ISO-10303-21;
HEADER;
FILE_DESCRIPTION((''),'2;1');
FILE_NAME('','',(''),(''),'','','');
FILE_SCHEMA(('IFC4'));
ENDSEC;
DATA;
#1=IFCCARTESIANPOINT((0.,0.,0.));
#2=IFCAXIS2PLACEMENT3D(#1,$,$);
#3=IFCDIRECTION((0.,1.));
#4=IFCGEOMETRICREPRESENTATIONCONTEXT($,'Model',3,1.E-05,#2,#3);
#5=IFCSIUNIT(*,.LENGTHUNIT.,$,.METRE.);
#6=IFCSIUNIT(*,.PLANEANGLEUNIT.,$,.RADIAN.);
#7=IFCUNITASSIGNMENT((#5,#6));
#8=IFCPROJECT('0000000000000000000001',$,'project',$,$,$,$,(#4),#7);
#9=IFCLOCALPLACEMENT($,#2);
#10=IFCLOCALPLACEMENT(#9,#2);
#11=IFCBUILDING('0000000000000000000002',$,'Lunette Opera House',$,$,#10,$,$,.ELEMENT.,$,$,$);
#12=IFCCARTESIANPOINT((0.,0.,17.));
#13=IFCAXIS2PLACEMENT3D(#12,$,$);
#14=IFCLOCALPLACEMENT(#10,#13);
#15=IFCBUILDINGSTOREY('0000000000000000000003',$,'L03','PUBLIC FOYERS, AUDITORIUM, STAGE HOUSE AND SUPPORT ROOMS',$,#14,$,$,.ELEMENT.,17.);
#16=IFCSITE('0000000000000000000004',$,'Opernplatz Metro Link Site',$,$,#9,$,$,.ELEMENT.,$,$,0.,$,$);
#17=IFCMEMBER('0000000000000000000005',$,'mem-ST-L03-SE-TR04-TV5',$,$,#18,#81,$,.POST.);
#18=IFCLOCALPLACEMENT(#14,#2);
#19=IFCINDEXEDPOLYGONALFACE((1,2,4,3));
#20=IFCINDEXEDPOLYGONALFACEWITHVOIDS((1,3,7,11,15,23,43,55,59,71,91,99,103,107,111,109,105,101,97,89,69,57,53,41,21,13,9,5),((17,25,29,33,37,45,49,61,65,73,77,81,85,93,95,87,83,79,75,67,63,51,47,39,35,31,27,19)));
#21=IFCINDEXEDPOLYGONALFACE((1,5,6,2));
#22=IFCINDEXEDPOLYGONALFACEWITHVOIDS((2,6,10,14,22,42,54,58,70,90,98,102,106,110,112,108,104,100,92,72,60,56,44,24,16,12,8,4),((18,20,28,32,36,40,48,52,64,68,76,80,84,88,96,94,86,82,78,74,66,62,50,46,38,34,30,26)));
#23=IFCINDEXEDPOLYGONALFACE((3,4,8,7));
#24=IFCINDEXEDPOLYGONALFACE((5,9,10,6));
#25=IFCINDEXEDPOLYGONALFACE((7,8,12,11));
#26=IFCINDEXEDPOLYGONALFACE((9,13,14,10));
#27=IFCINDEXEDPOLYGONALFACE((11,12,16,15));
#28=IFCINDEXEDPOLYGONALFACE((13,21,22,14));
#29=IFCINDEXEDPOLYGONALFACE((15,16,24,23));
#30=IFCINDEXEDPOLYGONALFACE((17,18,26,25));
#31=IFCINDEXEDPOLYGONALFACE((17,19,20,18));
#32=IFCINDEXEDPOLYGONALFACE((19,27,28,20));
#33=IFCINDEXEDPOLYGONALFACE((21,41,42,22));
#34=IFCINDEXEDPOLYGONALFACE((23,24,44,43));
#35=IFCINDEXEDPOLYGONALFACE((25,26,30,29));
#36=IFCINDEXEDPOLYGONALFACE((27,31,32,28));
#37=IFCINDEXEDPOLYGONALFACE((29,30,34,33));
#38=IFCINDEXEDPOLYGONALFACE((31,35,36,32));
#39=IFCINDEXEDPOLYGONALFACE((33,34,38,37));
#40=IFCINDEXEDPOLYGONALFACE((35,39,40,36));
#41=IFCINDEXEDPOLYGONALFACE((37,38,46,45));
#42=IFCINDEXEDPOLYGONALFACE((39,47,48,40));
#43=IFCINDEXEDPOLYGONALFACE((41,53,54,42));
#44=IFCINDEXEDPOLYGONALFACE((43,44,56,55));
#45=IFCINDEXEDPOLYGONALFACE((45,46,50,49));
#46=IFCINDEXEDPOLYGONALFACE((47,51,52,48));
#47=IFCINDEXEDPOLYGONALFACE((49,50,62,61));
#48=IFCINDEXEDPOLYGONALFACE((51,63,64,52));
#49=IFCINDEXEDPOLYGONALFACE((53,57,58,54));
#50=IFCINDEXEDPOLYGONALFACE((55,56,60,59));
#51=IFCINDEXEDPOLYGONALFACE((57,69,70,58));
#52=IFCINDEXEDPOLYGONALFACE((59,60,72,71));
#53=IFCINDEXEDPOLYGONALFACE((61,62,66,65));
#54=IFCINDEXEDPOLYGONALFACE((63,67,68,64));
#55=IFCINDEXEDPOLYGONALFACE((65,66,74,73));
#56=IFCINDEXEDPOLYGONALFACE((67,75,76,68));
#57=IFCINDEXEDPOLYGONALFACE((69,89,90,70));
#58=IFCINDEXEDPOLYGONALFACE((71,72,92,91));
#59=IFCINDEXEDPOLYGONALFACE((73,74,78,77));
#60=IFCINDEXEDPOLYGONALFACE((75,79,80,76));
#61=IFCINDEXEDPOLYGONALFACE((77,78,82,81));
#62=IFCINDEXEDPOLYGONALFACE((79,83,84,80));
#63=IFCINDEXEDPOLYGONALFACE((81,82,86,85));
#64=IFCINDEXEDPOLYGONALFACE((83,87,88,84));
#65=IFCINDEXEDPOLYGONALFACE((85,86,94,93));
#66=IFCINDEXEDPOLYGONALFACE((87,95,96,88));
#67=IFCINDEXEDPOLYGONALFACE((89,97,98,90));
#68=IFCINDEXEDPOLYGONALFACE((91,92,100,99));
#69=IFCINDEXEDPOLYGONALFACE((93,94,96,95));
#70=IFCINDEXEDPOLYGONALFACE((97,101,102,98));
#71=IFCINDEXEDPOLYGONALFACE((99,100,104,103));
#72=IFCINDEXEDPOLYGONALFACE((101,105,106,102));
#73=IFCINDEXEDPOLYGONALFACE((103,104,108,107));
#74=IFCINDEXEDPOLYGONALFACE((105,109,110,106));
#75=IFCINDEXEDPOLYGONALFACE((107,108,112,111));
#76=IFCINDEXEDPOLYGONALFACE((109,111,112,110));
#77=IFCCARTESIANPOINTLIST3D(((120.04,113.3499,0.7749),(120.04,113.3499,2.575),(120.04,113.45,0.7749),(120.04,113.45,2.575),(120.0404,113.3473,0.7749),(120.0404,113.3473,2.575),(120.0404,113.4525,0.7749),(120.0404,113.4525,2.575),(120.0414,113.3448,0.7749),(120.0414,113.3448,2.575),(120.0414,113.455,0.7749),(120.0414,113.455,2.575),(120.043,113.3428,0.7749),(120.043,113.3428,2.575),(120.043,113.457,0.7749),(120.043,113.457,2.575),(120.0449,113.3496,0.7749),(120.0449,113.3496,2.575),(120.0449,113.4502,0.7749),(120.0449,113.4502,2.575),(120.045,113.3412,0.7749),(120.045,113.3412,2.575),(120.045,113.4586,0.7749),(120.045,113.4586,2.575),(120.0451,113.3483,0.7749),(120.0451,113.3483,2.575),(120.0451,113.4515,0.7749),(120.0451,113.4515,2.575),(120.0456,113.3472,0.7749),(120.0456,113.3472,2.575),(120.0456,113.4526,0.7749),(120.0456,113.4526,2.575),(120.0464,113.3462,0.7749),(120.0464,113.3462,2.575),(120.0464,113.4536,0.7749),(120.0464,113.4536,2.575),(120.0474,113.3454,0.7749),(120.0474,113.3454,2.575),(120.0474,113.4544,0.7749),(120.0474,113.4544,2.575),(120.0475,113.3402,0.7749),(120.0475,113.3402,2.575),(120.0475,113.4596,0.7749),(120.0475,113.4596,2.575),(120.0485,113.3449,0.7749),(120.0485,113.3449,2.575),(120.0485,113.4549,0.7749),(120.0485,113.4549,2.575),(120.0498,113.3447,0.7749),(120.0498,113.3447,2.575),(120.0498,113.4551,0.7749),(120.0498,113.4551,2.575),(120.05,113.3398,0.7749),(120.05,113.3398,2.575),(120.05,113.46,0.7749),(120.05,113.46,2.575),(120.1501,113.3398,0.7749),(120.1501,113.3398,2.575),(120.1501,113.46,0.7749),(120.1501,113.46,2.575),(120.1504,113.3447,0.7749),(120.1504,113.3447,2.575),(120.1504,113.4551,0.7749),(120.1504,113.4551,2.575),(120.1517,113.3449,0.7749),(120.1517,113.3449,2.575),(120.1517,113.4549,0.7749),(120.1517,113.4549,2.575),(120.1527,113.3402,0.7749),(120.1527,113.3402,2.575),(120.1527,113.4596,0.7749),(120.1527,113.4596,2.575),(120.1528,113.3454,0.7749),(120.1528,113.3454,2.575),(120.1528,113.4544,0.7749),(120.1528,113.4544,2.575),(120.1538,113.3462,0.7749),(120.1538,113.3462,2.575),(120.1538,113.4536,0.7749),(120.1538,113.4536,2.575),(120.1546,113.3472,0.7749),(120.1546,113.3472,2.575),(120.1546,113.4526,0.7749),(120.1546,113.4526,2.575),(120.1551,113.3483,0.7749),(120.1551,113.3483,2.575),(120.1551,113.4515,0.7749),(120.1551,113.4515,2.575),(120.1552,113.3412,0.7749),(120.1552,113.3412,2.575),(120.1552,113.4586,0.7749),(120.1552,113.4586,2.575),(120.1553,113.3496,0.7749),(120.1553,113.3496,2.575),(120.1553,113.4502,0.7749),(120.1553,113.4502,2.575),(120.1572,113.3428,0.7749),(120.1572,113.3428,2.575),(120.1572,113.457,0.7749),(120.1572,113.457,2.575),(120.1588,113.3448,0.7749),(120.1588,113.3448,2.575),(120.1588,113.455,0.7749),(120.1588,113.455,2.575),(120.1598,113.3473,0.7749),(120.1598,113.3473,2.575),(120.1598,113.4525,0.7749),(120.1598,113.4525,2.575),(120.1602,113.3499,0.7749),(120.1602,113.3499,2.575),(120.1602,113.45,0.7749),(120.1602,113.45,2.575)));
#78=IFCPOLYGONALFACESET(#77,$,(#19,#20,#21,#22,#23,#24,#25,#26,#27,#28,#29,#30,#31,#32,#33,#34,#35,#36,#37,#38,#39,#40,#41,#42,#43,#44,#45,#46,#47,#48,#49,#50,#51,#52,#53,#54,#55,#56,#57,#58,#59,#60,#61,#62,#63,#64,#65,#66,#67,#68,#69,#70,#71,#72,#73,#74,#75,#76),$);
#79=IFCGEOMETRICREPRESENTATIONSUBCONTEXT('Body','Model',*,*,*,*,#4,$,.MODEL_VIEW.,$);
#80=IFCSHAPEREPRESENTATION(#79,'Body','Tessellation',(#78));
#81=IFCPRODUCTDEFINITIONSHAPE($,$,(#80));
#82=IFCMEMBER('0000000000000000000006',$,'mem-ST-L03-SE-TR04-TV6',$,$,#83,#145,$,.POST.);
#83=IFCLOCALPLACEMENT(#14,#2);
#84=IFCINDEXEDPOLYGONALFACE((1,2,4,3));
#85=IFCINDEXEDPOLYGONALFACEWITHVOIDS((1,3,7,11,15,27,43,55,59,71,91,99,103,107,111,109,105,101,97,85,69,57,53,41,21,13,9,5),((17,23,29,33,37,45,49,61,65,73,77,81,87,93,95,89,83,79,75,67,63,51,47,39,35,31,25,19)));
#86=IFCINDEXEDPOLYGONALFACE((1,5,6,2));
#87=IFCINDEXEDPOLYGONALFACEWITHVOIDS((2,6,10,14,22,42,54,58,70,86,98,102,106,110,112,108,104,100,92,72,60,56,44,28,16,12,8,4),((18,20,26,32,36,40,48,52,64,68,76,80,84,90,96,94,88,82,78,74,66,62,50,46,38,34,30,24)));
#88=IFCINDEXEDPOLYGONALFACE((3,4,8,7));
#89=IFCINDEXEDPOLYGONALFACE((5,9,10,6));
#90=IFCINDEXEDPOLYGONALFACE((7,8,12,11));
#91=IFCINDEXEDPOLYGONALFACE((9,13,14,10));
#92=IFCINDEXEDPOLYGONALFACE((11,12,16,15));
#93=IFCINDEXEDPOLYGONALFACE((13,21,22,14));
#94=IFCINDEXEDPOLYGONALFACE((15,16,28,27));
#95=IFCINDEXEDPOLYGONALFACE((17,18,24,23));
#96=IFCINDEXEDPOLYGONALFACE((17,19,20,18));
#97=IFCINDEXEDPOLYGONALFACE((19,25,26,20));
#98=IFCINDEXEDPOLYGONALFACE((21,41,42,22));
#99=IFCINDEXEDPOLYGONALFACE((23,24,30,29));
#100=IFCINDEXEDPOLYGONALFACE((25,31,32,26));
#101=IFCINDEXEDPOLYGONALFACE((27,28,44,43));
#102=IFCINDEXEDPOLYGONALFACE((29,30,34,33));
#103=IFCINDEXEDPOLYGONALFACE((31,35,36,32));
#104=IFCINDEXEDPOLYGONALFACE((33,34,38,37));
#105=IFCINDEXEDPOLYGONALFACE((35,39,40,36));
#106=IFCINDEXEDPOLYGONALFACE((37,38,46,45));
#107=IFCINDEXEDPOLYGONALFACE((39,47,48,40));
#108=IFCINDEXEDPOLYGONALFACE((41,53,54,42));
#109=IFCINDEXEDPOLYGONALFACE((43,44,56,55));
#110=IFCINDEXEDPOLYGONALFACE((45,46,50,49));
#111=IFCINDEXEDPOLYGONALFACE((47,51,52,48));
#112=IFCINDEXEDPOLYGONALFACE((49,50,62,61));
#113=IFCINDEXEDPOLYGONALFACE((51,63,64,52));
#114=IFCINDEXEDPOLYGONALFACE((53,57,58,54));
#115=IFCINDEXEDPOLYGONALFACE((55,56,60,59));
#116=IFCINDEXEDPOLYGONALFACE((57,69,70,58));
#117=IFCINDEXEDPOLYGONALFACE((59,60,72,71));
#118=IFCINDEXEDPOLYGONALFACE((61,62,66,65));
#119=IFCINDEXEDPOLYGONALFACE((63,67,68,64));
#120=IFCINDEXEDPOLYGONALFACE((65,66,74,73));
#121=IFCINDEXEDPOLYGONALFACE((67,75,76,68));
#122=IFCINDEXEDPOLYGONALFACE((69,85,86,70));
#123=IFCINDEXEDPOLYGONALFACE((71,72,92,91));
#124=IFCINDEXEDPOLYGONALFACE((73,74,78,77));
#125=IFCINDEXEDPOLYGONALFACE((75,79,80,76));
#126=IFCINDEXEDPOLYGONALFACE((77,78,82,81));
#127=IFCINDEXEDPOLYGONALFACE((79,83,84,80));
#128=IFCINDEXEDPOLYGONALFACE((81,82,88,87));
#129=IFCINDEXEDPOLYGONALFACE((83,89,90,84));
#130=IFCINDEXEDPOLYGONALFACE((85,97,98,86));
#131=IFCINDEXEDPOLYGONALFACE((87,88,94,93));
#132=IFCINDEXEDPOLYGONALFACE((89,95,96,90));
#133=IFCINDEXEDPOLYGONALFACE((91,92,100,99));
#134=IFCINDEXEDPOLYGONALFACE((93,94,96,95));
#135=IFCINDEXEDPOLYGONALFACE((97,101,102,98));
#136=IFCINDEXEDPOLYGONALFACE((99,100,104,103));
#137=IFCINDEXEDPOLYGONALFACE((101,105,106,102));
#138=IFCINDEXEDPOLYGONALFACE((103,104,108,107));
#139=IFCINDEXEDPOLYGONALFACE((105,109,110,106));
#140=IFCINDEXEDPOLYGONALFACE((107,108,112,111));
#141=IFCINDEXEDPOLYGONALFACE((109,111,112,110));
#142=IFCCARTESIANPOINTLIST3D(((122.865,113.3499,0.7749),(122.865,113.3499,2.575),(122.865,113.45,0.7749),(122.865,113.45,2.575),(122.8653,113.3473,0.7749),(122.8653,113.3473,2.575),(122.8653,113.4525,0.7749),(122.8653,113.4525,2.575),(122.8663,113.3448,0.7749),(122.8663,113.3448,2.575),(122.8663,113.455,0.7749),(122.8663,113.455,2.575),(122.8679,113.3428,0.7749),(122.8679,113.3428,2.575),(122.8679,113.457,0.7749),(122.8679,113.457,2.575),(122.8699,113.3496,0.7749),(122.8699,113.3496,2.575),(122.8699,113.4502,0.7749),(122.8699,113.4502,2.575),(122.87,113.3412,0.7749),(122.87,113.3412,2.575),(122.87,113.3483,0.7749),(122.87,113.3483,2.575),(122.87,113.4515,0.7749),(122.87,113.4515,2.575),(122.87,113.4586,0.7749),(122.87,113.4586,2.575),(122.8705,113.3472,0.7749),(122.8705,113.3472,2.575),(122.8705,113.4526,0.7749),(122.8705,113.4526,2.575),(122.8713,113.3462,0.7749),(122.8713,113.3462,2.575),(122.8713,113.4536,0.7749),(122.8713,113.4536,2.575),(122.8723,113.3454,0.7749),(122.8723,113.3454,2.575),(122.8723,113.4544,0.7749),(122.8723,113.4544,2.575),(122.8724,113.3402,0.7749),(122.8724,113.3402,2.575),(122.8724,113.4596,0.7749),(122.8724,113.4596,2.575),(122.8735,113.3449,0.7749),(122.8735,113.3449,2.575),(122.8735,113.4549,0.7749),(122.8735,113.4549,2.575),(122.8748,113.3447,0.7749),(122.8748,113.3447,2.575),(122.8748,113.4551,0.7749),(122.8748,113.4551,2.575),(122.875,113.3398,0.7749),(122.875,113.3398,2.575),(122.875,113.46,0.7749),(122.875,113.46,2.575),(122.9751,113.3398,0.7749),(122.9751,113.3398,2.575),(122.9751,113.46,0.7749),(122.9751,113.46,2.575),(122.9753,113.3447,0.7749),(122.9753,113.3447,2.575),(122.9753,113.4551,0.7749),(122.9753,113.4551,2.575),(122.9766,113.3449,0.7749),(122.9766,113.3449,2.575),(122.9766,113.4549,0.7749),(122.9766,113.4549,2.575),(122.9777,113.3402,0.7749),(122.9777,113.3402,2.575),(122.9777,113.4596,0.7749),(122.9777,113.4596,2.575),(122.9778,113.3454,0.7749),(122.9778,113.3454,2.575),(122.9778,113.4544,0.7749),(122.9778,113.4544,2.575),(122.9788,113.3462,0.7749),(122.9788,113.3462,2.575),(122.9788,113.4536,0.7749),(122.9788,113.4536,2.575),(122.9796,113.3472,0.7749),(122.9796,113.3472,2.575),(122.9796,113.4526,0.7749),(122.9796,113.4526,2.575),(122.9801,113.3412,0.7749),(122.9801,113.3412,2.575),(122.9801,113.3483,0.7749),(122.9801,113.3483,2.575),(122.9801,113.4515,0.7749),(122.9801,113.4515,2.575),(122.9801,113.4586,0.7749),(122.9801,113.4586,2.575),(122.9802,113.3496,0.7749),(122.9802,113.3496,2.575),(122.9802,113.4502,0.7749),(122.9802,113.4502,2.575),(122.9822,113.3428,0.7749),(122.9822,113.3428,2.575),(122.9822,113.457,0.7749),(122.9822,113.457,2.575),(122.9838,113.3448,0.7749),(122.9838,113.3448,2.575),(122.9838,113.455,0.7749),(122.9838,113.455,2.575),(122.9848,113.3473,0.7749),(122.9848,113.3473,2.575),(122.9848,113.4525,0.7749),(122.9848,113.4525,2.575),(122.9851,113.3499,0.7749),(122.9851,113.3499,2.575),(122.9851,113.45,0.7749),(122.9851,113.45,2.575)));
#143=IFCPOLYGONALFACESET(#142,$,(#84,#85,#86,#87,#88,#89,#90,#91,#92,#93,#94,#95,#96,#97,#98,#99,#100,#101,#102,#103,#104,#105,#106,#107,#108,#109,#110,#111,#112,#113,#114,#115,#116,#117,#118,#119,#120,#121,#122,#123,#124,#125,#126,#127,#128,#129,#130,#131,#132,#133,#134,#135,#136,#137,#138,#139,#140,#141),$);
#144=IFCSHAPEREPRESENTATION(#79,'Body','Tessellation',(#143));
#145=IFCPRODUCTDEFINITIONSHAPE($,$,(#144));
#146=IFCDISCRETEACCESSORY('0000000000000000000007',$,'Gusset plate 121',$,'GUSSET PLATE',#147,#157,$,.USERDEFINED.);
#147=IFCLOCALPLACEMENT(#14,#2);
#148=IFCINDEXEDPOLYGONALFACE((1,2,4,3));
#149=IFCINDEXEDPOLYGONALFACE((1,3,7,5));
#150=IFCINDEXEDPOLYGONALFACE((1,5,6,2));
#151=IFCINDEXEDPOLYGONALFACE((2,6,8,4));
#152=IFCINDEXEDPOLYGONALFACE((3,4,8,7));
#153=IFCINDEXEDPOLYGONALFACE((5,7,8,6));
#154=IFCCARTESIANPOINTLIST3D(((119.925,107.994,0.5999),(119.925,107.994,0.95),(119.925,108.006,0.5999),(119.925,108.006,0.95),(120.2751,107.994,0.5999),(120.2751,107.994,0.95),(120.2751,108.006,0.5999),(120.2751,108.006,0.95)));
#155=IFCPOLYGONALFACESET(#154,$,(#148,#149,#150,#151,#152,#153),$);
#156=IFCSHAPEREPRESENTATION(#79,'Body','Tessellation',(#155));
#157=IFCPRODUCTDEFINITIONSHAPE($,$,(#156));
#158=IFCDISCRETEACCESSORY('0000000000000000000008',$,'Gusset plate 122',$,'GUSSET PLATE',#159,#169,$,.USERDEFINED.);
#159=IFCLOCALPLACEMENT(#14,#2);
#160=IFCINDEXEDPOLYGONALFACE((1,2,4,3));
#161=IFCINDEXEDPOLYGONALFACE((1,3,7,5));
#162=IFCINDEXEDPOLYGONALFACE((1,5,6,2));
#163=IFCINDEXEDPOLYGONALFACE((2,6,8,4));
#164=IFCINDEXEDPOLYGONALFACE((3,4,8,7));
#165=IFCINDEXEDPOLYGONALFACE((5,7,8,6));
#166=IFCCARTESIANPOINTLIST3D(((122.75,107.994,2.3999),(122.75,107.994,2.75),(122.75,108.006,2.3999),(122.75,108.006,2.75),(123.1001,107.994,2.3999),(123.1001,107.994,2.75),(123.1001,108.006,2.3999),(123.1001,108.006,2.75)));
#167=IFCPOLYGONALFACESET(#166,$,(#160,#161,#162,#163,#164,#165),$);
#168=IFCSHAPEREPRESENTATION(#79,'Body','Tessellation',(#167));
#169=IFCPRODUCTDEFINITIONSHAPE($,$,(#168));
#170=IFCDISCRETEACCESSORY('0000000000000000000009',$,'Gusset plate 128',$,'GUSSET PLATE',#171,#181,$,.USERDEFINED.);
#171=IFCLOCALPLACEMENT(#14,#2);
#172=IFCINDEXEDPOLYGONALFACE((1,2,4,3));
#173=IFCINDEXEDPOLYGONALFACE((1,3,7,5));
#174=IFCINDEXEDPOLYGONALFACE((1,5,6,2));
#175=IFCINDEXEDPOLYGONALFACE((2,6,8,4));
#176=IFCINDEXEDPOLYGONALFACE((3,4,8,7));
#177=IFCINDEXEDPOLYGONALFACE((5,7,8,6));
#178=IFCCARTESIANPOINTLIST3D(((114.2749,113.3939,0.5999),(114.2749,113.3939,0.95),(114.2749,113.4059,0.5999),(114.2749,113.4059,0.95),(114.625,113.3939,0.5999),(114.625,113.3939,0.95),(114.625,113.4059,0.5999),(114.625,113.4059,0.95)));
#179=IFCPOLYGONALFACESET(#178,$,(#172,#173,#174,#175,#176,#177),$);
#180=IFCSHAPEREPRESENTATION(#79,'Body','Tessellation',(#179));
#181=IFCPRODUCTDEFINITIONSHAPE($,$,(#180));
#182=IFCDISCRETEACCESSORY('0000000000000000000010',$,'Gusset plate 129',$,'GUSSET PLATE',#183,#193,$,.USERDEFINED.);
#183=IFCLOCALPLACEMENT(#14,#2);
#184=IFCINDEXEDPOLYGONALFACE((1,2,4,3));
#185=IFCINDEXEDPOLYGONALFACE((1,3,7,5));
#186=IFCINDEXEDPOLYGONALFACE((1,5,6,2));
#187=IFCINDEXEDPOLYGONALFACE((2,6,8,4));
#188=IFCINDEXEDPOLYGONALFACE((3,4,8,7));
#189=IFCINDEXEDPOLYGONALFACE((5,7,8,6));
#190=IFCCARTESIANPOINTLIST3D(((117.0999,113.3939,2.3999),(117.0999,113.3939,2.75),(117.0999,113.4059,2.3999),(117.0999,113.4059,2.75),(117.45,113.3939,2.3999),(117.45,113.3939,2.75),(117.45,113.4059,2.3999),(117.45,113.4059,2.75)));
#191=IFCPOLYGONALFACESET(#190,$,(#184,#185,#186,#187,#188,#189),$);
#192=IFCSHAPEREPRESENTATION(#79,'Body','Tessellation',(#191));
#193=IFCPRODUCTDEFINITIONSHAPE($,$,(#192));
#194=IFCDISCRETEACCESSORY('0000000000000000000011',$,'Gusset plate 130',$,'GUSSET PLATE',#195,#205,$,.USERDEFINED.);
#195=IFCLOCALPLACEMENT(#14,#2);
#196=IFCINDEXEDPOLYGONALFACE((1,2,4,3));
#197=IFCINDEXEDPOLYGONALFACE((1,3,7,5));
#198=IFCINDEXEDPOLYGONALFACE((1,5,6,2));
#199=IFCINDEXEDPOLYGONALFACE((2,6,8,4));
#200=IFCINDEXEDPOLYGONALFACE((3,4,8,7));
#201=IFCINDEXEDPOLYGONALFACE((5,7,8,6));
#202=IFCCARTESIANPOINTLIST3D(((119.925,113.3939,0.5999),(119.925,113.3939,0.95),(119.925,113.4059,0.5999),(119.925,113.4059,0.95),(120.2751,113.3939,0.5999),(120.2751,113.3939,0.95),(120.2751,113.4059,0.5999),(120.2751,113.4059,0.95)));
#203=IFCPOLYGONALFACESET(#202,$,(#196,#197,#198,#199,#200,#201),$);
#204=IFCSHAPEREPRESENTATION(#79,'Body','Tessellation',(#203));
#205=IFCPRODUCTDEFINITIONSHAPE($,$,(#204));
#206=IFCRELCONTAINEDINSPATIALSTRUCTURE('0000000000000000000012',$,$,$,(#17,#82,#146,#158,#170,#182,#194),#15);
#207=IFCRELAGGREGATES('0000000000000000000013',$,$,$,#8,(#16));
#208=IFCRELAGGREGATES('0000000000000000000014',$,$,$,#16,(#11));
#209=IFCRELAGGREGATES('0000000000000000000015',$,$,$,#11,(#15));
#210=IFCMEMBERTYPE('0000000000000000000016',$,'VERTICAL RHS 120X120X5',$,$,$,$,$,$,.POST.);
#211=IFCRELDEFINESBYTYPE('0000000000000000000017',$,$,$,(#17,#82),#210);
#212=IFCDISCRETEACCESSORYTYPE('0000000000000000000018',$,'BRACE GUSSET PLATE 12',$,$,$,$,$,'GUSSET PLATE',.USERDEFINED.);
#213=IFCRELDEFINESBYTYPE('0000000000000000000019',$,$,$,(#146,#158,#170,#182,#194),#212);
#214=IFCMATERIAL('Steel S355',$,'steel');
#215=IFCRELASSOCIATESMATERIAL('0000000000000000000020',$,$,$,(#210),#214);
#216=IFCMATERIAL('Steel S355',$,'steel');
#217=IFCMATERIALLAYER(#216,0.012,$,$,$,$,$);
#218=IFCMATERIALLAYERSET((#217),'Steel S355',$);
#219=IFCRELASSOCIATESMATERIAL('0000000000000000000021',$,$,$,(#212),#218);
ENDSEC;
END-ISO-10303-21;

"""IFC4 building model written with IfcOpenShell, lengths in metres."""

from ifc_helpers import new_model, si_unit, direction, frame, origin, origin_2d, place, context, subcontext, project, spatial, rectangle, hollow_rectangle, extrude, material, layer, layer_set, material_profile, profile_set, type_object, element, save


model = new_model("IFC4")

# Units and contexts
model_context = context("Model", 3, precision=1e-05, world=origin(), true_north=direction((0.0, 1.0)))
body_context = subcontext(model_context, "Body", "Model", "MODEL_VIEW")
ifc_project = project(units=[si_unit("LENGTHUNIT", "METRE"), si_unit("PLANEANGLEUNIT", "RADIAN")], contexts=[model_context])

# Site, building, storey
site_placement = place(None, origin())
site = spatial("IfcSite", under=ifc_project, at=site_placement, Name="Opernplatz Metro Link Site", CompositionType="ELEMENT", RefElevation=0.0)
building_placement = place(site_placement, origin())
building = spatial("IfcBuilding", under=site, at=building_placement, Name="Lunette Opera House", CompositionType="ELEMENT")
storey_placement = place(building_placement, frame((0.0, 0.0, 17.0)))
storey = spatial("IfcBuildingStorey", under=building, at=storey_placement, Name="L03", Description="PUBLIC FOYERS, AUDITORIUM, STAGE HOUSE AND SUPPORT ROOMS", CompositionType="ELEMENT", Elevation=17.0)

# Members
ifc_material_1 = material(Name="Steel S355", Category="steel")
ifc_material_profile_1 = material_profile(ifc_material_1, hollow_rectangle(XDim=0.1201, YDim=0.1201, WallThickness=0.0049, InnerFilletRadius=0.0049, OuterFilletRadius=0.01, at=origin_2d()), Name="RHS 120X120X5")
ifc_profile_set_1 = profile_set([ifc_material_profile_1], Name="Steel S355")
member_type_1 = type_object("IfcMemberType", Name="VERTICAL RHS 120X120X5", PredefinedType="POST", material=ifc_profile_set_1)
for number, where, z_axis, x_axis, name in (
    (1, (120.1001, 113.3999, 0.7749), (0.0, 0.0, 1.0), (1.0, 0.0, 0.0), "mem-ST-L03-SE-TR04-TV5"),
    (2, (122.925, 113.3999, 0.7749), (0.0, 0.0, 1.0), (1.0, 0.0, 0.0), "mem-ST-L03-SE-TR04-TV6"),
):
    element("IfcMember", number, at=place(storey_placement, frame(where, z_axis=z_axis, x_axis=x_axis)), inside=storey, type_object=member_type_1, Name=name, PredefinedType="POST", context=body_context, shape_type="SweptSolid", body=[
        extrude(hollow_rectangle(XDim=0.1201, YDim=0.1201, WallThickness=0.0049, InnerFilletRadius=0.0049, OuterFilletRadius=0.01, at=origin_2d()), origin(), (0.0, 0.0, 1.0), 1.8),
    ])

# Discrete accessories
ifc_material_2 = material(Name="Steel S355", Category="steel")
ifc_layer = layer(ifc_material_2, 0.012)
ifc_layer_set = layer_set([ifc_layer], Name="Steel S355")
discrete_accessory_type = type_object("IfcDiscreteAccessoryType", Name="BRACE GUSSET PLATE 12", ElementType="GUSSET PLATE", PredefinedType="USERDEFINED", material=ifc_layer_set)
for number, where, z_axis, x_axis, name in (
    (3, (120.1001, 108.0, 0.5999), (0.0, 0.0, 1.0), (1.0, 0.0, 0.0), "Gusset plate 121"),
    (4, (122.925, 108.0, 2.3999), (0.0, 0.0, 1.0), (1.0, 0.0, 0.0), "Gusset plate 122"),
    (5, (114.45, 113.3999, 0.5999), (0.0, 0.0, 1.0), (1.0, 0.0, 0.0), "Gusset plate 128"),
    (6, (117.2749, 113.3999, 2.3999), (0.0, 0.0, 1.0), (1.0, 0.0, 0.0), "Gusset plate 129"),
    (7, (120.1001, 113.3999, 0.5999), (0.0, 0.0, 1.0), (1.0, 0.0, 0.0), "Gusset plate 130"),
):
    element("IfcDiscreteAccessory", number, at=place(storey_placement, frame(where, z_axis=z_axis, x_axis=x_axis)), inside=storey, type_object=discrete_accessory_type, Name=name, ObjectType="GUSSET PLATE", PredefinedType="USERDEFINED", context=body_context, shape_type="SweptSolid", body=[
        extrude(rectangle(XDim=0.3501, YDim=0.012, at=origin_2d()), origin(), (0.0, 0.0, 1.0), 0.3501),
    ])

save(model, "model.ifc")
